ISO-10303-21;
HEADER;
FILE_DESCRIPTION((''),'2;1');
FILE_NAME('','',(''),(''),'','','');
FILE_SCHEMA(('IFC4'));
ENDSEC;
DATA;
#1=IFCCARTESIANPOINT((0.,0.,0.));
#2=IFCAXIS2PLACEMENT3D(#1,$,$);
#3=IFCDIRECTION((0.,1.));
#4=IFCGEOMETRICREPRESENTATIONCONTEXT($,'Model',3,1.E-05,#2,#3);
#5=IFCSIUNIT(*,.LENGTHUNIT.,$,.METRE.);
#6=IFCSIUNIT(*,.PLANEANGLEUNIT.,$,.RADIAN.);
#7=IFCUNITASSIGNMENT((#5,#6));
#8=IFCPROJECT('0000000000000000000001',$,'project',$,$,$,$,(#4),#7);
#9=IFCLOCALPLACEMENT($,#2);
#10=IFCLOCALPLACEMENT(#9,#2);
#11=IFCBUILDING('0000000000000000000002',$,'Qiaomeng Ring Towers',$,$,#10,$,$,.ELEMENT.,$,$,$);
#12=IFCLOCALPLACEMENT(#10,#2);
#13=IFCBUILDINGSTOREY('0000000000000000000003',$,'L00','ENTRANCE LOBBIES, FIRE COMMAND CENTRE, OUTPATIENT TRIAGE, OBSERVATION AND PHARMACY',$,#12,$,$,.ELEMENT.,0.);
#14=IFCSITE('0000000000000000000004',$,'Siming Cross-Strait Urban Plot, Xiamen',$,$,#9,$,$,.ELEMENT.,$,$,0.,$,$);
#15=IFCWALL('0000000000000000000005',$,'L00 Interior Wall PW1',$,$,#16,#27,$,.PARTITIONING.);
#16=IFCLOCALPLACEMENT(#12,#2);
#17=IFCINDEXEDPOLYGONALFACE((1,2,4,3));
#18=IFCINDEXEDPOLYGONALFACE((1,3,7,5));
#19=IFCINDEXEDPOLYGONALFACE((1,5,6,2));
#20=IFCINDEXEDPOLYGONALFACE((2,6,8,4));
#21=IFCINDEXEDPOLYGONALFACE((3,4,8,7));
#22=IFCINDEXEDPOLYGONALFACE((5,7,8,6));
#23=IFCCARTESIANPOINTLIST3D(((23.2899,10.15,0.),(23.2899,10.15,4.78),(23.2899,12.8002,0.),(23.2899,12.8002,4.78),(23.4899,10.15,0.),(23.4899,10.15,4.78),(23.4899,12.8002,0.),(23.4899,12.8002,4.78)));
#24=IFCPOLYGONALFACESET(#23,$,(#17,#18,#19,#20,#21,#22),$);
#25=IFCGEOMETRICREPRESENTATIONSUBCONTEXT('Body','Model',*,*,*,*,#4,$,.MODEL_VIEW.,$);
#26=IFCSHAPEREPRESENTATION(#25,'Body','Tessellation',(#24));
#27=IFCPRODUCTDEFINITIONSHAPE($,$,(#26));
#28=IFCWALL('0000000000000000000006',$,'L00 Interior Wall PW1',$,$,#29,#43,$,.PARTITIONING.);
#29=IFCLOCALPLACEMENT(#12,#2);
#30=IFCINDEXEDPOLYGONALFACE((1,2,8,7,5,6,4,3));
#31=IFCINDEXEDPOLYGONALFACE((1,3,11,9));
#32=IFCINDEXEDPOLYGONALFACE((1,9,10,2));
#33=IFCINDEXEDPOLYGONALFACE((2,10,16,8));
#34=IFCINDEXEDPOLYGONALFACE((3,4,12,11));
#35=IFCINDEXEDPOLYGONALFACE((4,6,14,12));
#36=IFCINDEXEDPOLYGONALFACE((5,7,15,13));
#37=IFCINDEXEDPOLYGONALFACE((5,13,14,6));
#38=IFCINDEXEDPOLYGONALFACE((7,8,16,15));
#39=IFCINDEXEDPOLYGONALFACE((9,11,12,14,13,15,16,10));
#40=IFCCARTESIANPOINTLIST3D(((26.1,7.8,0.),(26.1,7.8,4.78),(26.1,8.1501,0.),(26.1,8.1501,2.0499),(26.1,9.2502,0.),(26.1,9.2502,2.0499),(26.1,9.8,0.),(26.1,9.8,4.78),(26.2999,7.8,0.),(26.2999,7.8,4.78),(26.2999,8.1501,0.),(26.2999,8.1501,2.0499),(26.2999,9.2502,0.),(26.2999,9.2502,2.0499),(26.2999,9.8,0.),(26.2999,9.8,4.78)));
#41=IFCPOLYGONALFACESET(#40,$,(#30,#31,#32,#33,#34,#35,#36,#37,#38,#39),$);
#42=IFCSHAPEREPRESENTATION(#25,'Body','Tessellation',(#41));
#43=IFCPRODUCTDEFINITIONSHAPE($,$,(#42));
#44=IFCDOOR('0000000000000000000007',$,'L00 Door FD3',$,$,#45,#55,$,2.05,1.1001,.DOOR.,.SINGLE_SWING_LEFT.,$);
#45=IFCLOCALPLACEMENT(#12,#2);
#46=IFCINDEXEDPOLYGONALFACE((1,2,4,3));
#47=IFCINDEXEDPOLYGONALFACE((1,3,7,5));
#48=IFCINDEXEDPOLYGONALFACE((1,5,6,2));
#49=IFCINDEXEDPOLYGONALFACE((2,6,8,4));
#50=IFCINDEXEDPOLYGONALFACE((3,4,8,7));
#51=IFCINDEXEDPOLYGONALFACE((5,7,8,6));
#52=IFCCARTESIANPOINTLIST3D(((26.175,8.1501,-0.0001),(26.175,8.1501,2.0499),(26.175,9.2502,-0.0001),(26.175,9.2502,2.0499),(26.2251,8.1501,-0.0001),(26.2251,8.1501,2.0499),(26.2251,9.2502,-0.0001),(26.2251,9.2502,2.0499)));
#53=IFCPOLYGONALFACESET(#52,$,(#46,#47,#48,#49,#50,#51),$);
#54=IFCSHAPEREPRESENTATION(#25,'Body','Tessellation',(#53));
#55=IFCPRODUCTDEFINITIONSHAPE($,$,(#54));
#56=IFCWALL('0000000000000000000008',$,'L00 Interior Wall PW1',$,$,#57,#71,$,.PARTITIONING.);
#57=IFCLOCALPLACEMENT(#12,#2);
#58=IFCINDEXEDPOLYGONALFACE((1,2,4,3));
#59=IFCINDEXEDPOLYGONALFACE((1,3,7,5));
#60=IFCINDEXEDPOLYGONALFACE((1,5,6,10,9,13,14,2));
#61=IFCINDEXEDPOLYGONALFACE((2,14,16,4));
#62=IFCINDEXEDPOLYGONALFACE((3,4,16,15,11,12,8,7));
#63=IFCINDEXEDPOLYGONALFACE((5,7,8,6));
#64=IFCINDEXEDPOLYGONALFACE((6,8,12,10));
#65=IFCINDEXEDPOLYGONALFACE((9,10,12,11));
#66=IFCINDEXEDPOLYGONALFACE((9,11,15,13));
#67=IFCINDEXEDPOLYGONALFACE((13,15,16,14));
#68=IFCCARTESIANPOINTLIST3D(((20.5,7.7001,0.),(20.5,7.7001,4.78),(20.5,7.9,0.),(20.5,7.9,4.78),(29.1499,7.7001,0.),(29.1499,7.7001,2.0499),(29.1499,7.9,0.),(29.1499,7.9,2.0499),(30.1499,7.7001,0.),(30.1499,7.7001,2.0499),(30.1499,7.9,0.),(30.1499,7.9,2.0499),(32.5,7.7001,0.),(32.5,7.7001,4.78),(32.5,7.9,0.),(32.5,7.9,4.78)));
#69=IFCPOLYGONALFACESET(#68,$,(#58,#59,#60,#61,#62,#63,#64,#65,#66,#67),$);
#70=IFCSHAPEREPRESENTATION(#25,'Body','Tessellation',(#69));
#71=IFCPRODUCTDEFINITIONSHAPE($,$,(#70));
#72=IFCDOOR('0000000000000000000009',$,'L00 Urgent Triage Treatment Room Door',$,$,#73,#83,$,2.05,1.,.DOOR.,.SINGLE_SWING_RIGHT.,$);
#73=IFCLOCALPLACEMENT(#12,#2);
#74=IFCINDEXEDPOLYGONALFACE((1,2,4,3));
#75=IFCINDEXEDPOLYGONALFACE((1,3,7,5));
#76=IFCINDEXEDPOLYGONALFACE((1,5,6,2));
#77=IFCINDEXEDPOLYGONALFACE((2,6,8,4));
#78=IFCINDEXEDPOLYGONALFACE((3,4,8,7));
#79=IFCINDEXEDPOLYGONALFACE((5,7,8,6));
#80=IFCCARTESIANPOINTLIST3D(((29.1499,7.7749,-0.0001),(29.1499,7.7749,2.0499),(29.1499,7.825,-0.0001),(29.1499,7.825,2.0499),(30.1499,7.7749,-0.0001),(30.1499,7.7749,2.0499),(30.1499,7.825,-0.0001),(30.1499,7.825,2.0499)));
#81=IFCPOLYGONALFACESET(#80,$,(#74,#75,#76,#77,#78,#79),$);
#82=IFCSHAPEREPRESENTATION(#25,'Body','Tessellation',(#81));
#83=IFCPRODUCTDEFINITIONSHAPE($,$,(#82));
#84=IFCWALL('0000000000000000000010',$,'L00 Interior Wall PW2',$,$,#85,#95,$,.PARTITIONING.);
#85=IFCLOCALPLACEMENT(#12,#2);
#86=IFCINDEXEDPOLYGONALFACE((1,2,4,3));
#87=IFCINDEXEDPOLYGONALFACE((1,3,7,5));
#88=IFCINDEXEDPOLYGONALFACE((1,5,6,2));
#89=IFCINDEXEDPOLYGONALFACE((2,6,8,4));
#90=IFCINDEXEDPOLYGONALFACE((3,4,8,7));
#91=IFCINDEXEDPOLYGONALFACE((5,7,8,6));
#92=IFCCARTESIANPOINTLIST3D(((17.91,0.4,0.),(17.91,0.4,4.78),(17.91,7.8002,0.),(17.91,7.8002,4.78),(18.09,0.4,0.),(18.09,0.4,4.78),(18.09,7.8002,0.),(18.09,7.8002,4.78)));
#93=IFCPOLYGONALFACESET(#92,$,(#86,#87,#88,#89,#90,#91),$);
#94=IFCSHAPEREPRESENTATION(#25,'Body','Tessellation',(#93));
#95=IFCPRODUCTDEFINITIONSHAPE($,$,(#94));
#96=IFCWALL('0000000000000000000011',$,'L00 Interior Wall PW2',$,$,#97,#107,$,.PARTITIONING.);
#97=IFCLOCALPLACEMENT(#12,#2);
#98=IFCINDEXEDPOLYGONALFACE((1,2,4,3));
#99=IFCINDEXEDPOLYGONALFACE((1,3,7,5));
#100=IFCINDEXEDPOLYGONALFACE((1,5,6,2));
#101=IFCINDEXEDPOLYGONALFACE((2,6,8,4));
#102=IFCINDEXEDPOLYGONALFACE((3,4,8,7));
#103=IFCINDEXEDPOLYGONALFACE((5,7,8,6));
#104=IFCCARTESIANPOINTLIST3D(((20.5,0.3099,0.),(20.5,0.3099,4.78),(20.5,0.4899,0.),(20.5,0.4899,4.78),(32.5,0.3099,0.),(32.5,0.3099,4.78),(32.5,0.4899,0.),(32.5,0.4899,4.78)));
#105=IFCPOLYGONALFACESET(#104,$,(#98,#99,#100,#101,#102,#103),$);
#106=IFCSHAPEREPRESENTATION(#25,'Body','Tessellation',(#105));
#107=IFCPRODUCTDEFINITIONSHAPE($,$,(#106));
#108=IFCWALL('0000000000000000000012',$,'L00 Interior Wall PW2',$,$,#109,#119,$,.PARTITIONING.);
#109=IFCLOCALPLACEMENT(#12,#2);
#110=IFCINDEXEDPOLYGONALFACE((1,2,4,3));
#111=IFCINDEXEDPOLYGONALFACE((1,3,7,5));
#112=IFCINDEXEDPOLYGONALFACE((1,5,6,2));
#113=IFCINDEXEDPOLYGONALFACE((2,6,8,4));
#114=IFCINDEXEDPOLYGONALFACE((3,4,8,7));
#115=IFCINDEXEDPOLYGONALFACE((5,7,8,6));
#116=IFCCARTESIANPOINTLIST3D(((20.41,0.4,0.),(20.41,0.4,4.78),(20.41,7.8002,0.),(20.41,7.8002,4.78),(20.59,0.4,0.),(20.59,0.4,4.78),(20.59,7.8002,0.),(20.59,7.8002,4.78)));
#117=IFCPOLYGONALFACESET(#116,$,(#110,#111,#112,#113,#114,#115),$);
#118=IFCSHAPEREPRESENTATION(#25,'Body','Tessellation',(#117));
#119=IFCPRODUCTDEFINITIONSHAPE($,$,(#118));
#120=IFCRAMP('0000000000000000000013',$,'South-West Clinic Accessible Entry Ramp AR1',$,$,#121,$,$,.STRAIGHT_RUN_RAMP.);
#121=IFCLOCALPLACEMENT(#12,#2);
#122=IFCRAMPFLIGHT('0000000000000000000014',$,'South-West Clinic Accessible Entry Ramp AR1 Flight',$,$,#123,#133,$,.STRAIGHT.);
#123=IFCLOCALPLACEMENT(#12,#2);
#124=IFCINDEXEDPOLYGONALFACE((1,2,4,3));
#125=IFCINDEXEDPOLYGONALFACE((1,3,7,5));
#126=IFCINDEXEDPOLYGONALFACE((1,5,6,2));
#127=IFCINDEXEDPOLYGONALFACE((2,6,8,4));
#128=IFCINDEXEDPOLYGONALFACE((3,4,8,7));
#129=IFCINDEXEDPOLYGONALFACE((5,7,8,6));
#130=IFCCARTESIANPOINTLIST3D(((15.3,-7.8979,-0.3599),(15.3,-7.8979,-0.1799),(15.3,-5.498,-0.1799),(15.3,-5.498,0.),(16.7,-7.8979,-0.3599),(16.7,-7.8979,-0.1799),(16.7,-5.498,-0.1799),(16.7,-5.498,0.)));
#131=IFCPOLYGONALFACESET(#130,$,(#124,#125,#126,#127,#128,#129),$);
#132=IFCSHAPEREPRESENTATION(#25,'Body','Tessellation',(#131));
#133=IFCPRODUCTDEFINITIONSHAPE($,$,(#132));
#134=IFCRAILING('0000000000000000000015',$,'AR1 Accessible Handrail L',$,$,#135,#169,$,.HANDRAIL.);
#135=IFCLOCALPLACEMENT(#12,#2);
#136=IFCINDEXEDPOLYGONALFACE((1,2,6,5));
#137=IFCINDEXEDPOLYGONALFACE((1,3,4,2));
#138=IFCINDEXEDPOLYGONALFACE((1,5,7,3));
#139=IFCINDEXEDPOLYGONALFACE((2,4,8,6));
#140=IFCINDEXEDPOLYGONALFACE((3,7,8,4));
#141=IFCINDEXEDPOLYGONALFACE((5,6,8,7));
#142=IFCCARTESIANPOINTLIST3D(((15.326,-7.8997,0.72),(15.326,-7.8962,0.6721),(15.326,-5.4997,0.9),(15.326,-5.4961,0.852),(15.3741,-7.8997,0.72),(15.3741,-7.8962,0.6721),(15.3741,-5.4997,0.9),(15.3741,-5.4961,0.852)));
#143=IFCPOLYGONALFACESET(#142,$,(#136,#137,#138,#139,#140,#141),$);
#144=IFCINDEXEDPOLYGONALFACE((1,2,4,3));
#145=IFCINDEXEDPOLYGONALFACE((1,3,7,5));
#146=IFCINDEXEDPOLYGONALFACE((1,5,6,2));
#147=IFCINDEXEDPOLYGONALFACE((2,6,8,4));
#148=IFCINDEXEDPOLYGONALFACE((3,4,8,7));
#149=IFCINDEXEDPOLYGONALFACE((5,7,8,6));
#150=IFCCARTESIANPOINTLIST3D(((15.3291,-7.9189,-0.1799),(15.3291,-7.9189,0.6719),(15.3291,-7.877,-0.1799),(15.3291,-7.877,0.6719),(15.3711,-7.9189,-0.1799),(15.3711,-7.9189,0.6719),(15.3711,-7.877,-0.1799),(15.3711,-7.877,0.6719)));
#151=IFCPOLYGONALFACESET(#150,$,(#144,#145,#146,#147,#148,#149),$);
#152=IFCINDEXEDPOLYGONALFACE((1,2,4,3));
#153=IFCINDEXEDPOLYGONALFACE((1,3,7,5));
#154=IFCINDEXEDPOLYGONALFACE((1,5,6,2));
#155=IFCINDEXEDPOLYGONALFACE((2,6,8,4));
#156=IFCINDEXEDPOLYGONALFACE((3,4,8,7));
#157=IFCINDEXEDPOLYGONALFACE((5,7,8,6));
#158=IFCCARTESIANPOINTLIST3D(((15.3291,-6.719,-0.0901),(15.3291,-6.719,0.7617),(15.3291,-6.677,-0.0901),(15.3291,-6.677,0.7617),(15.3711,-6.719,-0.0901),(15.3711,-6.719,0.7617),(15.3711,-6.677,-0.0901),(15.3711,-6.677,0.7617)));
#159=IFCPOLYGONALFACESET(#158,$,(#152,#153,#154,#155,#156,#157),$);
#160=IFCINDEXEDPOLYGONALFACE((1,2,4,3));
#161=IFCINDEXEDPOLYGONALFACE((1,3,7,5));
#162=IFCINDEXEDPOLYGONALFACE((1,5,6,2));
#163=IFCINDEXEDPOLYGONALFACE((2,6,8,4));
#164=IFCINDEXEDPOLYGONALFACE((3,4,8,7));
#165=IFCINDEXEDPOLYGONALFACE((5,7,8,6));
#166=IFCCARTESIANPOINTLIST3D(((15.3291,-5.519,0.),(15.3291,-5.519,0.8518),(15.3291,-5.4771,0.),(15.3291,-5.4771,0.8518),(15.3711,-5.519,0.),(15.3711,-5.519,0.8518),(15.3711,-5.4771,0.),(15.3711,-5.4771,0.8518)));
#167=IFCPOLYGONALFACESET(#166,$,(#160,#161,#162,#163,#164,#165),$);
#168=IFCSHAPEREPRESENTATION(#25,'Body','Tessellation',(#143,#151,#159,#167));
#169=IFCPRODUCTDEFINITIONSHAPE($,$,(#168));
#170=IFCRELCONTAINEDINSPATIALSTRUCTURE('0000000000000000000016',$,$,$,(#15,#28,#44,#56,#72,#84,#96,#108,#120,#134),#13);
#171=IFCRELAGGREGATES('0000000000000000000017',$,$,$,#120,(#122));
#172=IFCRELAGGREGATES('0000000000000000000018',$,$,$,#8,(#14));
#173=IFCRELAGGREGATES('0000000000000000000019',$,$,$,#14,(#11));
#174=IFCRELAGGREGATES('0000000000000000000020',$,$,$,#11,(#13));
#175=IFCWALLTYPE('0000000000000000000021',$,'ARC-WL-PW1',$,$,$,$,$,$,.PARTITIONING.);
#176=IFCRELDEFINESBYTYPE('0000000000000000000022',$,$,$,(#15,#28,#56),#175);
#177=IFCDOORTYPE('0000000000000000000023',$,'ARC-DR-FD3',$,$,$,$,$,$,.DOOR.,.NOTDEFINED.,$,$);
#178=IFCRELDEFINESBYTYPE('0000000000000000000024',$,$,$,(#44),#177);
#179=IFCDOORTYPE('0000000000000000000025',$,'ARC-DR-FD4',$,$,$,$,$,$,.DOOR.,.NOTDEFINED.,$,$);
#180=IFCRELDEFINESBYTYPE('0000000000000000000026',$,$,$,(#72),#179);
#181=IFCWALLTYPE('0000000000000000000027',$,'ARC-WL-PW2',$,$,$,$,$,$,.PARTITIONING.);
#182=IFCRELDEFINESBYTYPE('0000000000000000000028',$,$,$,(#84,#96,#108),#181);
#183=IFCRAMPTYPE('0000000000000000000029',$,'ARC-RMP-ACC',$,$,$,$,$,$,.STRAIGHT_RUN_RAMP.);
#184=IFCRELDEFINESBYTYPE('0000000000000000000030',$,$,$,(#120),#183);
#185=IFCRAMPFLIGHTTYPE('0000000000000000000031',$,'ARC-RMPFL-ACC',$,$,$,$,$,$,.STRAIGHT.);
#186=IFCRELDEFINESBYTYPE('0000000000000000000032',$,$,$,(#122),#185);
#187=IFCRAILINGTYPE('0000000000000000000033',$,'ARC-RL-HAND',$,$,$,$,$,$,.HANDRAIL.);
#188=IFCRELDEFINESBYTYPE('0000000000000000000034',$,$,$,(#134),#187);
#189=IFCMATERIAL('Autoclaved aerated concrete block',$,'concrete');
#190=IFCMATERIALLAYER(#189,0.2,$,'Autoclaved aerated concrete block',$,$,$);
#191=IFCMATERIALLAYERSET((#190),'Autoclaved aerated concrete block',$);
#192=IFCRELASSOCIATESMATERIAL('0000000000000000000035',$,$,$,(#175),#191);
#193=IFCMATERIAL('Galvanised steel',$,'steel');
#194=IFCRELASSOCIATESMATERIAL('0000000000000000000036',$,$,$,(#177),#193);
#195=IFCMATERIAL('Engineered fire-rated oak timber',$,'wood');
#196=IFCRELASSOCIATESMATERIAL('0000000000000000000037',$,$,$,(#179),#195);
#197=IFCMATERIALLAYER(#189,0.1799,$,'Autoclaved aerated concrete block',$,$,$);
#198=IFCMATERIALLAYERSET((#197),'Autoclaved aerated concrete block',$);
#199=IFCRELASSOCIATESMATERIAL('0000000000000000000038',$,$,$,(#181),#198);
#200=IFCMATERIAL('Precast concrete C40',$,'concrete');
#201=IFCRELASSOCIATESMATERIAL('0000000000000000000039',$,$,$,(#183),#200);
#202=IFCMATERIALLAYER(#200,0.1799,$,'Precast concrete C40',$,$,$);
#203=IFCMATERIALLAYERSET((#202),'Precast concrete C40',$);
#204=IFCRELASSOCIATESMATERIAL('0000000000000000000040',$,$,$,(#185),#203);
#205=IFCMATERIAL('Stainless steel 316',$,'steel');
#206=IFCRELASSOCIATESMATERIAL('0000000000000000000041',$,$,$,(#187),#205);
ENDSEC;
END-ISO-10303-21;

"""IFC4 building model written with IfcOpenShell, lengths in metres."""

from ifc_helpers import new_model, si_unit, direction, frame, frame_2d, origin, origin_2d, place, context, subcontext, project, spatial, polyline, rectangle, outline, extrude, source, transform, mapped, material, layer, layer_set, type_object, element, fill, aggregate, save


model = new_model("IFC4")

# Units and contexts
model_context = context("Model", 3, precision=1e-05, world=origin(), true_north=direction((0.0, 1.0)))
body_context = subcontext(model_context, "Body", "Model", "MODEL_VIEW")
ifc_project = project(units=[si_unit("LENGTHUNIT", "METRE"), si_unit("PLANEANGLEUNIT", "RADIAN")], contexts=[model_context])

# Site, building, storey
site_placement = place(None, origin())
site = spatial("IfcSite", under=ifc_project, at=site_placement, Name="Siming Cross-Strait Urban Plot, Xiamen", CompositionType="ELEMENT", RefElevation=0.0)
building_placement = place(site_placement, origin())
building = spatial("IfcBuilding", under=site, at=building_placement, Name="Qiaomeng Ring Towers", CompositionType="ELEMENT")
storey_placement = place(building_placement, origin())
storey = spatial("IfcBuildingStorey", under=building, at=storey_placement, Name="L00", Description="ENTRANCE LOBBIES, FIRE COMMAND CENTRE, OUTPATIENT TRIAGE, OBSERVATION AND PHARMACY", CompositionType="ELEMENT", Elevation=0.0)

# Shared definitions
ifc_material_1 = material(Name="Precast concrete C40", Category="concrete")

# Wall
ifc_material_2 = material(Name="Autoclaved aerated concrete block", Category="concrete")
ifc_layer_1 = layer(ifc_material_2, 0.2, Name="Autoclaved aerated concrete block")
ifc_layer_set_1 = layer_set([ifc_layer_1], Name="Autoclaved aerated concrete block")
wall_type_1 = type_object("IfcWallType", Name="ARC-WL-PW1", PredefinedType="PARTITIONING", material=ifc_layer_set_1)
for number, where, z_axis, x_axis, name in (
    (1, (23.3899, 10.1499, 0.0), (0.0, 0.0, 1.0), (0.0, 1.0, 0.0), "L00 Interior Wall PW1"),
):
    element("IfcWall", number, at=place(storey_placement, frame(where, z_axis=z_axis, x_axis=x_axis)), inside=storey, type_object=wall_type_1, Name=name, PredefinedType="PARTITIONING", context=body_context, shape_type="SweptSolid", body=[
        extrude(rectangle(XDim=2.6501, YDim=0.2, at=frame_2d((1.3252, 0.0))), origin(), (0.0, 0.0, 1.0), 4.78),
    ])

# Walls, openings, doors
wall_1_placement = place(storey_placement, frame((26.2, 7.8, 0.0), z_axis=(0.0, 0.0, 1.0), x_axis=(0.0, 1.0, 0.0)))
wall_1 = element("IfcWall", 2, at=wall_1_placement, inside=storey, type_object=wall_type_1, Name="L00 Interior Wall PW1", PredefinedType="PARTITIONING", context=body_context, shape_type="SweptSolid", body=[
    extrude(rectangle(XDim=2.0, YDim=0.2, at=frame_2d((1.0, 0.0))), origin(), (0.0, 0.0, 1.0), 4.78),
])
opening_1_placement = place(wall_1_placement, frame((0.3501, 0.0, 0.0)))
opening_1 = element("IfcOpeningElement", 3, at=opening_1_placement, cuts=wall_1, PredefinedType="OPENING", context=body_context, shape_type="SweptSolid", body=[
    extrude(rectangle(XDim=1.1001, YDim=2.05, at=frame_2d((0.55, 1.0249))), frame((0.0, 0.1099, 0.0), z_axis=(0.0, -1.0, 0.0), x_axis=(1.0, 0.0, 0.0)), (0.0, 0.0, 1.0), 0.22),
])
ifc_material_3 = material(Name="Galvanised steel", Category="steel")
door_type_1 = type_object("IfcDoorType", Name="ARC-DR-FD3", OperationType="NOTDEFINED", PredefinedType="DOOR", material=ifc_material_3)
shared_shape_1 = source(origin(), body_context, "Body", "SweptSolid", [
    extrude(rectangle(XDim=1.1001, YDim=2.05, at=frame_2d((0.55, 1.0249))), frame((0.0, 0.0249, 0.0), z_axis=(0.0, -1.0, 0.0), x_axis=(1.0, 0.0, 0.0)), (0.0, 0.0, 1.0), 0.05),
])
door_1_placement = place(opening_1_placement, origin())
door_1 = element("IfcDoor", 4, at=door_1_placement, inside=storey, type_object=door_type_1, Name="L00 Door FD3", OperationType="SINGLE_SWING_LEFT", OverallHeight=2.05, OverallWidth=1.1001, PredefinedType="DOOR", context=body_context, shape_type="MappedRepresentation", body=[
    mapped(shared_shape_1, transform((0.0, 0.0, 0.0), x_axis=(1.0, 0.0, 0.0), y_axis=(0.0, 1.0, 0.0), z_axis=(0.0, 0.0, 1.0), scale=1.0)),
])
fill(opening_1, door_1)
wall_2_placement = place(storey_placement, frame((20.5, 7.8, 0.0), z_axis=(0.0, 0.0, 1.0), x_axis=(1.0, 0.0, 0.0)))
wall_2 = element("IfcWall", 5, at=wall_2_placement, inside=storey, type_object=wall_type_1, Name="L00 Interior Wall PW1", PredefinedType="PARTITIONING", context=body_context, shape_type="SweptSolid", body=[
    extrude(rectangle(XDim=12.0, YDim=0.2, at=frame_2d((6.0, 0.0))), origin(), (0.0, 0.0, 1.0), 4.78),
])
opening_2_placement = place(wall_2_placement, frame((8.6499, 0.0, 0.0)))
opening_2 = element("IfcOpeningElement", 6, at=opening_2_placement, cuts=wall_2, PredefinedType="OPENING", context=body_context, shape_type="SweptSolid", body=[
    extrude(rectangle(XDim=1.0, YDim=2.05, at=frame_2d((0.5, 1.0249))), frame((0.0, 0.1099, 0.0), z_axis=(0.0, -1.0, 0.0), x_axis=(1.0, 0.0, 0.0)), (0.0, 0.0, 1.0), 0.22),
])
ifc_material_4 = material(Name="Engineered fire-rated oak timber", Category="wood")
door_type_2 = type_object("IfcDoorType", Name="ARC-DR-FD4", OperationType="NOTDEFINED", PredefinedType="DOOR", material=ifc_material_4)
shared_shape_2 = source(origin(), body_context, "Body", "SweptSolid", [
    extrude(rectangle(XDim=1.0, YDim=2.05, at=frame_2d((0.5, 1.0249))), frame((0.0, 0.0249, 0.0), z_axis=(0.0, -1.0, 0.0), x_axis=(1.0, 0.0, 0.0)), (0.0, 0.0, 1.0), 0.05),
])
door_2_placement = place(opening_2_placement, origin())
door_2 = element("IfcDoor", 7, at=door_2_placement, inside=storey, type_object=door_type_2, Name="L00 Urgent Triage Treatment Room Door", OperationType="SINGLE_SWING_RIGHT", OverallHeight=2.05, OverallWidth=1.0, PredefinedType="DOOR", context=body_context, shape_type="MappedRepresentation", body=[
    mapped(shared_shape_2, transform((0.0, 0.0, 0.0), x_axis=(1.0, 0.0, 0.0), y_axis=(0.0, 1.0, 0.0), z_axis=(0.0, 0.0, 1.0), scale=1.0)),
])
fill(opening_2, door_2)

# Walls
ifc_layer_2 = layer(ifc_material_2, 0.1799, Name="Autoclaved aerated concrete block")
ifc_layer_set_2 = layer_set([ifc_layer_2], Name="Autoclaved aerated concrete block")
wall_type_2 = type_object("IfcWallType", Name="ARC-WL-PW2", PredefinedType="PARTITIONING", material=ifc_layer_set_2)
wall_3_placement = place(storey_placement, frame((18.0, 0.3999, 0.0), z_axis=(0.0, 0.0, 1.0), x_axis=(0.0, 1.0, 0.0)))
element("IfcWall", 8, at=wall_3_placement, inside=storey, type_object=wall_type_2, Name="L00 Interior Wall PW2", PredefinedType="PARTITIONING", context=body_context, shape_type="SweptSolid", body=[
    extrude(rectangle(XDim=7.4001, YDim=0.1799, at=frame_2d((3.7002, 0.0))), origin(), (0.0, 0.0, 1.0), 4.78),
])
wall_4_placement = place(storey_placement, frame((20.5, 0.3999, 0.0), z_axis=(0.0, 0.0, 1.0), x_axis=(1.0, 0.0, 0.0)))
element("IfcWall", 9, at=wall_4_placement, inside=storey, type_object=wall_type_2, Name="L00 Interior Wall PW2", PredefinedType="PARTITIONING", context=body_context, shape_type="SweptSolid", body=[
    extrude(rectangle(XDim=12.0, YDim=0.1799, at=frame_2d((6.0, 0.0))), origin(), (0.0, 0.0, 1.0), 4.78),
])
wall_5_placement = place(storey_placement, frame((20.5, 0.3999, 0.0), z_axis=(0.0, 0.0, 1.0), x_axis=(0.0, 1.0, 0.0)))
element("IfcWall", 10, at=wall_5_placement, inside=storey, type_object=wall_type_2, Name="L00 Interior Wall PW2", PredefinedType="PARTITIONING", context=body_context, shape_type="SweptSolid", body=[
    extrude(rectangle(XDim=7.4001, YDim=0.1799, at=frame_2d((3.7002, 0.0))), origin(), (0.0, 0.0, 1.0), 4.78),
])

# Ramp, ramp flight
ramp_type = type_object("IfcRampType", Name="ARC-RMP-ACC", PredefinedType="STRAIGHT_RUN_RAMP", material=ifc_material_1)
ramp_placement = place(storey_placement, origin())
ramp = element("IfcRamp", 11, at=ramp_placement, inside=storey, type_object=ramp_type, Name="South-West Clinic Accessible Entry Ramp AR1", PredefinedType="STRAIGHT_RUN_RAMP")
ifc_layer_3 = layer(ifc_material_1, 0.1799, Name="Precast concrete C40")
ifc_layer_set_3 = layer_set([ifc_layer_3], Name="Precast concrete C40")
ramp_flight_type = type_object("IfcRampFlightType", Name="ARC-RMPFL-ACC", PredefinedType="STRAIGHT", material=ifc_layer_set_3)
ramp_flight_placement = place(storey_placement, frame((16.0, -7.8979, -0.1799), z_axis=(0.0, 0.0, 1.0), x_axis=(0.0, 1.0, 0.0)))
ramp_flight = element("IfcRampFlight", 12, at=ramp_flight_placement, type_object=ramp_flight_type, Name="South-West Clinic Accessible Entry Ramp AR1 Flight", PredefinedType="STRAIGHT", context=body_context, shape_type="SweptSolid", body=[
    extrude(outline(polyline([(0.0, 0.0), (2.3999, 0.1799), (2.3999, 0.0), (0.0, -0.1799), (0.0, 0.0)])), frame((0.0, 0.7, 0.0), z_axis=(0.0, -1.0, 0.0), x_axis=(1.0, 0.0, 0.0)), (0.0, 0.0, 1.0), 1.3999),
])
aggregate(ramp, [ramp_flight])

# Railing
ifc_material_5 = material(Name="Stainless steel 316", Category="steel")
railing_type = type_object("IfcRailingType", Name="ARC-RL-HAND", PredefinedType="HANDRAIL", material=ifc_material_5)
for number, where, name in (
    (13, (15.3501, -7.8979, -0.1799), "AR1 Accessible Handrail L"),
):
    element("IfcRailing", number, at=place(storey_placement, frame(where)), inside=storey, type_object=railing_type, Name=name, PredefinedType="HANDRAIL", context=body_context, shape_type="SweptSolid", body=[
        extrude(rectangle(XDim=0.0481, YDim=0.0481, at=origin_2d()), frame((0.0, 0.0, 0.876), z_axis=(0.0, 0.997201, 0.074765), x_axis=(-1.0, 0.0, 0.0)), (0.0, 0.0, 1.0), 2.4067),
        extrude(rectangle(XDim=0.042, YDim=0.042, at=origin_2d()), origin(), (0.0, 0.0, 1.0), 0.8518),
        extrude(rectangle(XDim=0.042, YDim=0.042, at=origin_2d()), frame((0.0, 1.2, 0.0898)), (0.0, 0.0, 1.0), 0.8518),
        extrude(rectangle(XDim=0.042, YDim=0.042, at=origin_2d()), frame((0.0, 2.3999, 0.1799)), (0.0, 0.0, 1.0), 0.8518),
    ])

save(model, "model.ifc")
